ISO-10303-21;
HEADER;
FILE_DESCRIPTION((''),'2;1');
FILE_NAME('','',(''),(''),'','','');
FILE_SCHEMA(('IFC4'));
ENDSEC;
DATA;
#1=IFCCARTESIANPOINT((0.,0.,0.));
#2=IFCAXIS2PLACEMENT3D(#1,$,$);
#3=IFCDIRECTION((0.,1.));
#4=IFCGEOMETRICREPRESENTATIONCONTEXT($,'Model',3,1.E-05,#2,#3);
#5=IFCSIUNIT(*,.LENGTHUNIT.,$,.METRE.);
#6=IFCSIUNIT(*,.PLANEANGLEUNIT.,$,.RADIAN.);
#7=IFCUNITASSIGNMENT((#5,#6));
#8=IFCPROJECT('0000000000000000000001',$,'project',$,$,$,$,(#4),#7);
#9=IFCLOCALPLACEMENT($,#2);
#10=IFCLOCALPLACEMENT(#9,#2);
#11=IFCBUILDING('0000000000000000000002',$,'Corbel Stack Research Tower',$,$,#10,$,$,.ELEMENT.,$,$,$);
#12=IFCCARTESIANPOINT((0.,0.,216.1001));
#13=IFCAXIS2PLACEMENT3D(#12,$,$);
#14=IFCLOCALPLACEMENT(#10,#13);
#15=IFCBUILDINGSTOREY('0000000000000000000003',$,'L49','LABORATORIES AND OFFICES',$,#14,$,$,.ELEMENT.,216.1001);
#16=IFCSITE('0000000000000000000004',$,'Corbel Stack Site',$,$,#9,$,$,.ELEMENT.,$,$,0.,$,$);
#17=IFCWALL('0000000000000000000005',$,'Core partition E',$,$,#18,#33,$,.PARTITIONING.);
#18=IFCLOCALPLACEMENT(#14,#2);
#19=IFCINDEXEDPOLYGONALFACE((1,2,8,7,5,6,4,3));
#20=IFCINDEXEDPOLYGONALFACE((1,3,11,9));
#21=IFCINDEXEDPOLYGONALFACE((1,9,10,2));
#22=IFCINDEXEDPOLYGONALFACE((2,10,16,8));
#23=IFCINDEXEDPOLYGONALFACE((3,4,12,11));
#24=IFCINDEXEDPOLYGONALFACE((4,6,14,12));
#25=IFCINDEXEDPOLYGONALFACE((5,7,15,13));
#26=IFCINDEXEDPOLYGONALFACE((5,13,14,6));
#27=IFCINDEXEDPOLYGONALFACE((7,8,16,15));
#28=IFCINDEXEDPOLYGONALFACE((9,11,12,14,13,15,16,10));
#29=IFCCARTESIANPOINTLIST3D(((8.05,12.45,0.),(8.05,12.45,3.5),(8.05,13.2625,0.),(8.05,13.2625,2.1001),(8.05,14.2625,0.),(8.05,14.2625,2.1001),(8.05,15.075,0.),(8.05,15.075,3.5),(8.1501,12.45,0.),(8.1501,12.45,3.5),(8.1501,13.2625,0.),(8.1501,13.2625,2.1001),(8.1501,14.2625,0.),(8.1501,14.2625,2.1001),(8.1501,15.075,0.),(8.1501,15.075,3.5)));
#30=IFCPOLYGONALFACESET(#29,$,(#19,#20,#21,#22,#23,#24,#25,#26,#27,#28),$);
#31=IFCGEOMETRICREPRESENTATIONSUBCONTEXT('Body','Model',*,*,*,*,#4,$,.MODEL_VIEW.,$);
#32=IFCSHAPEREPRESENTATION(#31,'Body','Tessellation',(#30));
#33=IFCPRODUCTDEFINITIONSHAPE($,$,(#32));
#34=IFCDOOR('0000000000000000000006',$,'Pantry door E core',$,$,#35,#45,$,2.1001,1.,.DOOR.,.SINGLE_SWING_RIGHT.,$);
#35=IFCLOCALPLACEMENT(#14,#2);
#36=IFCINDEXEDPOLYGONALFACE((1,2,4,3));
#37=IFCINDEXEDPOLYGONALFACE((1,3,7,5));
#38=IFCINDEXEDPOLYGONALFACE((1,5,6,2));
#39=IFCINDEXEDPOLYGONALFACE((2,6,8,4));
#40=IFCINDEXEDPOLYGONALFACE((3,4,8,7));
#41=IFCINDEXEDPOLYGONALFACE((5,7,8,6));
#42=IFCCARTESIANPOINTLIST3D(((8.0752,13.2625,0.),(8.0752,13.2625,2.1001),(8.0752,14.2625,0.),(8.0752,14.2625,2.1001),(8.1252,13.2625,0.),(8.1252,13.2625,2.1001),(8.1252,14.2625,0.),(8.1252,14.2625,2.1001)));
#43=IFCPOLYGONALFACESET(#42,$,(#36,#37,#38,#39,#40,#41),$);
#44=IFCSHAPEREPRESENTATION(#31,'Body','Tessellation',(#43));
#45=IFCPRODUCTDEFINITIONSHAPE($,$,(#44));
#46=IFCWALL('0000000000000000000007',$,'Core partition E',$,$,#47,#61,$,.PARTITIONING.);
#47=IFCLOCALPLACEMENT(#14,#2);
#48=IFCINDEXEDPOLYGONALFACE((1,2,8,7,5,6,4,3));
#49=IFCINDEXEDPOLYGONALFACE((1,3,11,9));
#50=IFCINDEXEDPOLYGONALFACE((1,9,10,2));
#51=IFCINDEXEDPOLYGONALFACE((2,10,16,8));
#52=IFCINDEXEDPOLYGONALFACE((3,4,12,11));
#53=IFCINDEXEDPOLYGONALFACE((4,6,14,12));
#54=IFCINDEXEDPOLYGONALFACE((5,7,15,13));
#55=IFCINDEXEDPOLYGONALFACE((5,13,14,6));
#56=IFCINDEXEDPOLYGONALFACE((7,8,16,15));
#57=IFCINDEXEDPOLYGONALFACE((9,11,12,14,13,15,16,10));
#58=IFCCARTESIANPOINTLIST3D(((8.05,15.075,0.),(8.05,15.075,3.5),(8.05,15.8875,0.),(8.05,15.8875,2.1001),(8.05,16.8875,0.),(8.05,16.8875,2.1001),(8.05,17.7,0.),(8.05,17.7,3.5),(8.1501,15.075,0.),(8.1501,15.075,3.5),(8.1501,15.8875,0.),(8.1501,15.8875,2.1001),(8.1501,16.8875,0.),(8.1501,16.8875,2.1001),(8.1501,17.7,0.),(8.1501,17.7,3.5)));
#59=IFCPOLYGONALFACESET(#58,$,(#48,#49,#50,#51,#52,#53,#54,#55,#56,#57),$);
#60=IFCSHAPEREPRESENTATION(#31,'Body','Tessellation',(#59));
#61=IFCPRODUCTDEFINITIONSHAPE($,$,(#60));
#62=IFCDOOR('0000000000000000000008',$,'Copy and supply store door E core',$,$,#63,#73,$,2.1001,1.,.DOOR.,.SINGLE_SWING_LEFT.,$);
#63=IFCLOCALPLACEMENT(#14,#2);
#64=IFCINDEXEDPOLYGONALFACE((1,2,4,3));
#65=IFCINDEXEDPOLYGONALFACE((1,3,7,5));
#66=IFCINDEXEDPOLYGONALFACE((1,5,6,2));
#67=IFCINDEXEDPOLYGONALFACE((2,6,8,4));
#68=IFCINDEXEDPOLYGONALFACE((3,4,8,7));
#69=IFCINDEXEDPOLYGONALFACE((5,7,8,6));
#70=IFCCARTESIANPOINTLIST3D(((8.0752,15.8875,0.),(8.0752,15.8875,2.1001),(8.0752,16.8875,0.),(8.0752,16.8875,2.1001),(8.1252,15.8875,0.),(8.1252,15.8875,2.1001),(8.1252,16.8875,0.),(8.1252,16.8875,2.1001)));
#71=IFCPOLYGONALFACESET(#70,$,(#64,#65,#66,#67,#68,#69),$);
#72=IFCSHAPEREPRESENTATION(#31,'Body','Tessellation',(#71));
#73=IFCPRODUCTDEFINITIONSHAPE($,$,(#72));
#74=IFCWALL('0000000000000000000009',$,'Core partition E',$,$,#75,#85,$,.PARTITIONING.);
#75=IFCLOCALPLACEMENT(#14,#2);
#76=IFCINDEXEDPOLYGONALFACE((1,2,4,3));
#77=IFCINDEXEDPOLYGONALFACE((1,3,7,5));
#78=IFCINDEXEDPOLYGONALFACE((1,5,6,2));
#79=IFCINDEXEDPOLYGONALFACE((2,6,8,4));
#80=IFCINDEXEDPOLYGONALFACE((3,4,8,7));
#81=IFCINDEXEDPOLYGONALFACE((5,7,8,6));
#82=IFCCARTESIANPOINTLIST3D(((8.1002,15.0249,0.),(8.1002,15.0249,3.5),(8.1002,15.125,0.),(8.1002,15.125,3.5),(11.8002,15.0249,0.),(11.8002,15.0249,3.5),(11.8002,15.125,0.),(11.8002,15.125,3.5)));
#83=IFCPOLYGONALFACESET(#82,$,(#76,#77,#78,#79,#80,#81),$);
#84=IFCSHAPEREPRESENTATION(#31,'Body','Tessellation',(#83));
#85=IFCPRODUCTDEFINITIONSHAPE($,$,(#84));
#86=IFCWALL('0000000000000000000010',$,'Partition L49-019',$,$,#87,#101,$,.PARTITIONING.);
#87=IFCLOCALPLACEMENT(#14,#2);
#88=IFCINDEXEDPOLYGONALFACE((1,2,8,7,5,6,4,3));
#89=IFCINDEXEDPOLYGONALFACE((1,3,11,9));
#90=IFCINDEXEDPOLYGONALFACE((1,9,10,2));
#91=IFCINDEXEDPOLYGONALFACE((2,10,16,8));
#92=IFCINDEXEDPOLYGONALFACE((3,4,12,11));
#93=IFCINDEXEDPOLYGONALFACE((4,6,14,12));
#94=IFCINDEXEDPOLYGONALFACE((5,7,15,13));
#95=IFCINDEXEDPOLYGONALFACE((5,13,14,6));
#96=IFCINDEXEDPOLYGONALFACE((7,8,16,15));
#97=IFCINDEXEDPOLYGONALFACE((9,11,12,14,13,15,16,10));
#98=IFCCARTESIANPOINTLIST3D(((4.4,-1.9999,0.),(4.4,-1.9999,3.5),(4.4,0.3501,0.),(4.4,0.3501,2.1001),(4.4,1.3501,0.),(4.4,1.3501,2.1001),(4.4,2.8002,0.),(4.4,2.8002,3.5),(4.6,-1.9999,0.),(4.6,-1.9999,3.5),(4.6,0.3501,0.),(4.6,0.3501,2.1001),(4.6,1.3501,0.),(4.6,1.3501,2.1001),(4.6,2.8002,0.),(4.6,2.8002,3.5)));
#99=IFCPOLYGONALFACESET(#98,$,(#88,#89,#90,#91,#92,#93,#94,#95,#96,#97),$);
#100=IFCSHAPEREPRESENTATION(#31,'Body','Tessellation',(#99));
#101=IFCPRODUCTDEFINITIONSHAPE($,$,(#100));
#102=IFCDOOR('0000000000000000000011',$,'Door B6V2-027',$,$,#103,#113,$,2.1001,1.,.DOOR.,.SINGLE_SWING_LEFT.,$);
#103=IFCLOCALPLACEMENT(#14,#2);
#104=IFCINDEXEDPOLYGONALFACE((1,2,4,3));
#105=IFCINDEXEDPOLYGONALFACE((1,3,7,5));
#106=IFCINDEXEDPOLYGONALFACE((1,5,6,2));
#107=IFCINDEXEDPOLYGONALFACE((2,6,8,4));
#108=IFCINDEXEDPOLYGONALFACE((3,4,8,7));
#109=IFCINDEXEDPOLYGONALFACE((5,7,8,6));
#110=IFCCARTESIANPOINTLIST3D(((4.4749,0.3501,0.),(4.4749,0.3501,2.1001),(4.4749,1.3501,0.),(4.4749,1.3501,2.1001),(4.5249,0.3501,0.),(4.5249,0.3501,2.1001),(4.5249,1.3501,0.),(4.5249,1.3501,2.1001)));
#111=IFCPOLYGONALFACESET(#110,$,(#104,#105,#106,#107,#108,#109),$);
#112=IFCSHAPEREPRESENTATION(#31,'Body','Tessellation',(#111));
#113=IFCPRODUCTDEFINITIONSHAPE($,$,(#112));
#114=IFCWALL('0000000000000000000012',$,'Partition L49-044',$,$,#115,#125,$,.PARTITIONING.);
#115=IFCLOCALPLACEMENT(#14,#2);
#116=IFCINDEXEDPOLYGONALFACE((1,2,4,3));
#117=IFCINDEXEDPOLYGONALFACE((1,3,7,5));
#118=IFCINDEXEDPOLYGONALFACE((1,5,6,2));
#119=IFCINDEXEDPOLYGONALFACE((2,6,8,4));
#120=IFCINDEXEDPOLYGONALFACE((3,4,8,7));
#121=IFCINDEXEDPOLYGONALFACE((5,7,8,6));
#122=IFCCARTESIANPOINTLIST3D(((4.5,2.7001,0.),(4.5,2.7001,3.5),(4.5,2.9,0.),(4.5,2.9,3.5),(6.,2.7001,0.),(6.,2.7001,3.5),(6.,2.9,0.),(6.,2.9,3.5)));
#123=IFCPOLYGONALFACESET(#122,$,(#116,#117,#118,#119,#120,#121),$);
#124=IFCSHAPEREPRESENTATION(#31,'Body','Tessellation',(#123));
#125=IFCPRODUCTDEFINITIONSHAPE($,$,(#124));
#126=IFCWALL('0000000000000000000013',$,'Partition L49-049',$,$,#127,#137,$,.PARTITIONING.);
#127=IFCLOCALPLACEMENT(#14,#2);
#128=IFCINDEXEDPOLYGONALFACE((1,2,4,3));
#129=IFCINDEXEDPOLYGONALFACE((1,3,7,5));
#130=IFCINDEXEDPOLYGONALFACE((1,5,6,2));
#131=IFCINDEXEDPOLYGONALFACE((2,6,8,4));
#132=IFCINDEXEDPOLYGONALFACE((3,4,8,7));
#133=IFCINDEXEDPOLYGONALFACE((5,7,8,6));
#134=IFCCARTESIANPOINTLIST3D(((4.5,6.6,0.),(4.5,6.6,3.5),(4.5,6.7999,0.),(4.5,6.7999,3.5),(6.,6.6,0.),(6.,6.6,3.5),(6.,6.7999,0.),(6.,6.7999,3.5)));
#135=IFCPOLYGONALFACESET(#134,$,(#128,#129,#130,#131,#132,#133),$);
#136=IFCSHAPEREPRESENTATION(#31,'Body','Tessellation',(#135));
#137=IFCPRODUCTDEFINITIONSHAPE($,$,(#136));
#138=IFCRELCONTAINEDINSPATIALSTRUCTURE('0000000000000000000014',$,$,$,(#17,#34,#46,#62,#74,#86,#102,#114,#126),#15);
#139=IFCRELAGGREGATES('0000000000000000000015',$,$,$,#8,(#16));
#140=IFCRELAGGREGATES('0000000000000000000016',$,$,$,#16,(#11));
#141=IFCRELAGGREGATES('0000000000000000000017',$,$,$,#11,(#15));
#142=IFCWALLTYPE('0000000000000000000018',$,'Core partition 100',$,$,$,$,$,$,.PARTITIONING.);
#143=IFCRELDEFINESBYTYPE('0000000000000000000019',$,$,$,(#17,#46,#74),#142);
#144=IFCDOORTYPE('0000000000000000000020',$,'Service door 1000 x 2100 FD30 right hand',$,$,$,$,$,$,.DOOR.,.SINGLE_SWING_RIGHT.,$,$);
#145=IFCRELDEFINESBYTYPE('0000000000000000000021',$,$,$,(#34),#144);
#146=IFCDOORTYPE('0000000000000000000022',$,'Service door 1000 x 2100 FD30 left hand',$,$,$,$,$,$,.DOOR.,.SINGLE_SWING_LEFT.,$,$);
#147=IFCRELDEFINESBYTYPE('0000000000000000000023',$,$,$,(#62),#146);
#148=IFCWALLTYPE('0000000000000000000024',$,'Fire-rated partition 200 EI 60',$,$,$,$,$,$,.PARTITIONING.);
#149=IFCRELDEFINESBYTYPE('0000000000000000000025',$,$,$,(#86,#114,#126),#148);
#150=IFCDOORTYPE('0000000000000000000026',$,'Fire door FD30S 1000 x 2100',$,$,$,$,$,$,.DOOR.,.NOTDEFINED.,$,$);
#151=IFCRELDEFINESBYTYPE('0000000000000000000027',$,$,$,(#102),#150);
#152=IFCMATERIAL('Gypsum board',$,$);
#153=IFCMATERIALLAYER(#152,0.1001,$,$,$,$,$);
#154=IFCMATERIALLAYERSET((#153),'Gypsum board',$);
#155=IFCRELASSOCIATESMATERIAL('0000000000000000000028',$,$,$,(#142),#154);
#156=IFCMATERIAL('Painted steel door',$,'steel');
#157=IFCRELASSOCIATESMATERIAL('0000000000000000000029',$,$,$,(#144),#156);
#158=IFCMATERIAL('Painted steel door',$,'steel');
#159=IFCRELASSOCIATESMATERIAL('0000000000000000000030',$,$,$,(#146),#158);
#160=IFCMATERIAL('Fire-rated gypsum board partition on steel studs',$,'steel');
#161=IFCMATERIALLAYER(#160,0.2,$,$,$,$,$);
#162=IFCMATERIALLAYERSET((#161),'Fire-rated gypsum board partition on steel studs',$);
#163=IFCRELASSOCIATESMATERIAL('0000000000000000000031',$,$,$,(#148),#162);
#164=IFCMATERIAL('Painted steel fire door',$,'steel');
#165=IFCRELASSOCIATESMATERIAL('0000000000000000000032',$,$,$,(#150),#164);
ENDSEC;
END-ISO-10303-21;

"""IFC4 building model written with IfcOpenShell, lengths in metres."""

from ifc_helpers import new_model, si_unit, direction, frame, frame_2d, origin, place, context, subcontext, project, spatial, rectangle, extrude, material, layer, layer_set, type_object, element, fill, save


model = new_model("IFC4")

# Units and contexts
model_context = context("Model", 3, precision=1e-05, world=origin(), true_north=direction((0.0, 1.0)))
body_context = subcontext(model_context, "Body", "Model", "MODEL_VIEW")
ifc_project = project(units=[si_unit("LENGTHUNIT", "METRE"), si_unit("PLANEANGLEUNIT", "RADIAN")], contexts=[model_context])

# Site, building, storey
site_placement = place(None, origin())
site = spatial("IfcSite", under=ifc_project, at=site_placement, Name="Corbel Stack Site", CompositionType="ELEMENT", RefElevation=0.0)
building_placement = place(site_placement, origin())
building = spatial("IfcBuilding", under=site, at=building_placement, Name="Corbel Stack Research Tower", CompositionType="ELEMENT")
storey_placement = place(building_placement, frame((0.0, 0.0, 216.1001)))
storey = spatial("IfcBuildingStorey", under=building, at=storey_placement, Name="L49", Description="LABORATORIES AND OFFICES", CompositionType="ELEMENT", Elevation=216.1001)

# Shared definitions
ifc_material_1 = material(Name="Gypsum board")
ifc_layer_1 = layer(ifc_material_1, 0.1001)
ifc_layer_set_1 = layer_set([ifc_layer_1], Name="Gypsum board")
wall_type_1 = type_object("IfcWallType", Name="Core partition 100", PredefinedType="PARTITIONING", material=ifc_layer_set_1)

# Walls, openings, doors
wall_1_placement = place(storey_placement, frame((8.1001, 12.45, 0.0), z_axis=(0.0, 0.0, 1.0), x_axis=(0.0, 1.0, 0.0)))
wall_1 = element("IfcWall", 1, at=wall_1_placement, inside=storey, type_object=wall_type_1, Name="Core partition E", PredefinedType="PARTITIONING", context=body_context, shape_type="SweptSolid", body=[
    extrude(rectangle(XDim=2.625, YDim=0.1001, at=frame_2d((1.3125, 0.0))), origin(), (0.0, 0.0, 1.0), 3.5),
])
opening_1_placement = place(wall_1_placement, frame((0.8125, 0.0, 0.0)))
opening_1 = element("IfcOpeningElement", 2, at=opening_1_placement, cuts=wall_1, PredefinedType="OPENING", context=body_context, shape_type="SweptSolid", body=[
    extrude(rectangle(XDim=1.0, YDim=2.1001, at=frame_2d((0.5, 1.05))), frame((0.0, 0.0601, 0.0), z_axis=(0.0, -1.0, 0.0), x_axis=(1.0, 0.0, 0.0)), (0.0, 0.0, 1.0), 0.1201),
])
ifc_material_2 = material(Name="Painted steel door", Category="steel")
door_type_1 = type_object("IfcDoorType", Name="Service door 1000 x 2100 FD30 right hand", OperationType="SINGLE_SWING_RIGHT", PredefinedType="DOOR", material=ifc_material_2)
door_1_placement = place(opening_1_placement, origin())
door_1 = element("IfcDoor", 3, at=door_1_placement, inside=storey, type_object=door_type_1, Name="Pantry door E core", OperationType="SINGLE_SWING_RIGHT", OverallHeight=2.1001, OverallWidth=1.0, PredefinedType="DOOR", context=body_context, shape_type="SweptSolid", body=[
    extrude(rectangle(XDim=1.0, YDim=2.1001, at=frame_2d((0.5, 1.05))), frame((0.0, 0.0249, 0.0), z_axis=(0.0, -1.0, 0.0), x_axis=(1.0, 0.0, 0.0)), (0.0, 0.0, 1.0), 0.05),
])
fill(opening_1, door_1)
wall_2_placement = place(storey_placement, frame((8.1001, 15.075, 0.0), z_axis=(0.0, 0.0, 1.0), x_axis=(0.0, 1.0, 0.0)))
wall_2 = element("IfcWall", 4, at=wall_2_placement, inside=storey, type_object=wall_type_1, Name="Core partition E", PredefinedType="PARTITIONING", context=body_context, shape_type="SweptSolid", body=[
    extrude(rectangle(XDim=2.625, YDim=0.1001, at=frame_2d((1.3125, 0.0))), origin(), (0.0, 0.0, 1.0), 3.5),
])
opening_2_placement = place(wall_2_placement, frame((0.8125, 0.0, 0.0)))
opening_2 = element("IfcOpeningElement", 5, at=opening_2_placement, cuts=wall_2, PredefinedType="OPENING", context=body_context, shape_type="SweptSolid", body=[
    extrude(rectangle(XDim=1.0, YDim=2.1001, at=frame_2d((0.5, 1.05))), frame((0.0, 0.0601, 0.0), z_axis=(0.0, -1.0, 0.0), x_axis=(1.0, 0.0, 0.0)), (0.0, 0.0, 1.0), 0.1201),
])
ifc_material_3 = material(Name="Painted steel door", Category="steel")
door_type_2 = type_object("IfcDoorType", Name="Service door 1000 x 2100 FD30 left hand", OperationType="SINGLE_SWING_LEFT", PredefinedType="DOOR", material=ifc_material_3)
door_2_placement = place(opening_2_placement, origin())
door_2 = element("IfcDoor", 6, at=door_2_placement, inside=storey, type_object=door_type_2, Name="Copy and supply store door E core", OperationType="SINGLE_SWING_LEFT", OverallHeight=2.1001, OverallWidth=1.0, PredefinedType="DOOR", context=body_context, shape_type="SweptSolid", body=[
    extrude(rectangle(XDim=1.0, YDim=2.1001, at=frame_2d((0.5, 1.05))), frame((0.0, 0.0249, 0.0), z_axis=(0.0, -1.0, 0.0), x_axis=(1.0, 0.0, 0.0)), (0.0, 0.0, 1.0), 0.05),
])
fill(opening_2, door_2)

# Wall
wall_3_placement = place(storey_placement, frame((8.1001, 15.075, 0.0), z_axis=(0.0, 0.0, 1.0), x_axis=(1.0, 0.0, 0.0)))
element("IfcWall", 7, at=wall_3_placement, inside=storey, type_object=wall_type_1, Name="Core partition E", PredefinedType="PARTITIONING", context=body_context, shape_type="SweptSolid", body=[
    extrude(rectangle(XDim=3.7, YDim=0.1001, at=frame_2d((1.8501, 0.0))), origin(), (0.0, 0.0, 1.0), 3.5),
])

# Wall, opening, door
ifc_material_4 = material(Name="Fire-rated gypsum board partition on steel studs", Category="steel")
ifc_layer_2 = layer(ifc_material_4, 0.2)
ifc_layer_set_2 = layer_set([ifc_layer_2], Name="Fire-rated gypsum board partition on steel studs")
wall_type_2 = type_object("IfcWallType", Name="Fire-rated partition 200 EI 60", PredefinedType="PARTITIONING", material=ifc_layer_set_2)
wall_4_placement = place(storey_placement, frame((4.5, 2.8, 0.0), z_axis=(0.0, 0.0, 1.0), x_axis=(0.0, -1.0, 0.0)))
wall_4 = element("IfcWall", 8, at=wall_4_placement, inside=storey, type_object=wall_type_2, Name="Partition L49-019", PredefinedType="PARTITIONING", context=body_context, shape_type="SweptSolid", body=[
    extrude(rectangle(XDim=4.8, YDim=0.2, at=frame_2d((2.3999, 0.0))), origin(), (0.0, 0.0, 1.0), 3.5),
])
opening_3_placement = place(wall_4_placement, frame((1.45, 0.0, 0.0)))
opening_3 = element("IfcOpeningElement", 9, at=opening_3_placement, cuts=wall_4, PredefinedType="OPENING", context=body_context, shape_type="SweptSolid", body=[
    extrude(rectangle(XDim=1.0, YDim=2.1001, at=frame_2d((0.5, 1.05))), frame((0.0, 0.1099, 0.0), z_axis=(0.0, -1.0, 0.0), x_axis=(1.0, 0.0, 0.0)), (0.0, 0.0, 1.0), 0.22),
])
ifc_material_5 = material(Name="Painted steel fire door", Category="steel")
door_type_3 = type_object("IfcDoorType", Name="Fire door FD30S 1000 x 2100", OperationType="NOTDEFINED", PredefinedType="DOOR", material=ifc_material_5)
door_3_placement = place(opening_3_placement, origin())
door_3 = element("IfcDoor", 10, at=door_3_placement, inside=storey, type_object=door_type_3, Name="Door B6V2-027", OperationType="SINGLE_SWING_LEFT", OverallHeight=2.1001, OverallWidth=1.0, PredefinedType="DOOR", context=body_context, shape_type="SweptSolid", body=[
    extrude(rectangle(XDim=1.0, YDim=2.1001, at=frame_2d((0.5, 1.05))), frame((0.0, 0.0249, 0.0), z_axis=(0.0, -1.0, 0.0), x_axis=(1.0, 0.0, 0.0)), (0.0, 0.0, 1.0), 0.05),
])
fill(opening_3, door_3)

# Walls
for number, where, z_axis, x_axis, name in (
    (11, (4.5, 2.8, 0.0), (0.0, 0.0, 1.0), (1.0, 0.0, 0.0), "Partition L49-044"),
    (12, (4.5, 6.7, 0.0), (0.0, 0.0, 1.0), (1.0, 0.0, 0.0), "Partition L49-049"),
):
    element("IfcWall", number, at=place(storey_placement, frame(where, z_axis=z_axis, x_axis=x_axis)), inside=storey, type_object=wall_type_2, Name=name, PredefinedType="PARTITIONING", context=body_context, shape_type="SweptSolid", body=[
        extrude(rectangle(XDim=1.5, YDim=0.2, at=frame_2d((0.75, 0.0))), origin(), (0.0, 0.0, 1.0), 3.5),
    ])

save(model, "model.ifc")
